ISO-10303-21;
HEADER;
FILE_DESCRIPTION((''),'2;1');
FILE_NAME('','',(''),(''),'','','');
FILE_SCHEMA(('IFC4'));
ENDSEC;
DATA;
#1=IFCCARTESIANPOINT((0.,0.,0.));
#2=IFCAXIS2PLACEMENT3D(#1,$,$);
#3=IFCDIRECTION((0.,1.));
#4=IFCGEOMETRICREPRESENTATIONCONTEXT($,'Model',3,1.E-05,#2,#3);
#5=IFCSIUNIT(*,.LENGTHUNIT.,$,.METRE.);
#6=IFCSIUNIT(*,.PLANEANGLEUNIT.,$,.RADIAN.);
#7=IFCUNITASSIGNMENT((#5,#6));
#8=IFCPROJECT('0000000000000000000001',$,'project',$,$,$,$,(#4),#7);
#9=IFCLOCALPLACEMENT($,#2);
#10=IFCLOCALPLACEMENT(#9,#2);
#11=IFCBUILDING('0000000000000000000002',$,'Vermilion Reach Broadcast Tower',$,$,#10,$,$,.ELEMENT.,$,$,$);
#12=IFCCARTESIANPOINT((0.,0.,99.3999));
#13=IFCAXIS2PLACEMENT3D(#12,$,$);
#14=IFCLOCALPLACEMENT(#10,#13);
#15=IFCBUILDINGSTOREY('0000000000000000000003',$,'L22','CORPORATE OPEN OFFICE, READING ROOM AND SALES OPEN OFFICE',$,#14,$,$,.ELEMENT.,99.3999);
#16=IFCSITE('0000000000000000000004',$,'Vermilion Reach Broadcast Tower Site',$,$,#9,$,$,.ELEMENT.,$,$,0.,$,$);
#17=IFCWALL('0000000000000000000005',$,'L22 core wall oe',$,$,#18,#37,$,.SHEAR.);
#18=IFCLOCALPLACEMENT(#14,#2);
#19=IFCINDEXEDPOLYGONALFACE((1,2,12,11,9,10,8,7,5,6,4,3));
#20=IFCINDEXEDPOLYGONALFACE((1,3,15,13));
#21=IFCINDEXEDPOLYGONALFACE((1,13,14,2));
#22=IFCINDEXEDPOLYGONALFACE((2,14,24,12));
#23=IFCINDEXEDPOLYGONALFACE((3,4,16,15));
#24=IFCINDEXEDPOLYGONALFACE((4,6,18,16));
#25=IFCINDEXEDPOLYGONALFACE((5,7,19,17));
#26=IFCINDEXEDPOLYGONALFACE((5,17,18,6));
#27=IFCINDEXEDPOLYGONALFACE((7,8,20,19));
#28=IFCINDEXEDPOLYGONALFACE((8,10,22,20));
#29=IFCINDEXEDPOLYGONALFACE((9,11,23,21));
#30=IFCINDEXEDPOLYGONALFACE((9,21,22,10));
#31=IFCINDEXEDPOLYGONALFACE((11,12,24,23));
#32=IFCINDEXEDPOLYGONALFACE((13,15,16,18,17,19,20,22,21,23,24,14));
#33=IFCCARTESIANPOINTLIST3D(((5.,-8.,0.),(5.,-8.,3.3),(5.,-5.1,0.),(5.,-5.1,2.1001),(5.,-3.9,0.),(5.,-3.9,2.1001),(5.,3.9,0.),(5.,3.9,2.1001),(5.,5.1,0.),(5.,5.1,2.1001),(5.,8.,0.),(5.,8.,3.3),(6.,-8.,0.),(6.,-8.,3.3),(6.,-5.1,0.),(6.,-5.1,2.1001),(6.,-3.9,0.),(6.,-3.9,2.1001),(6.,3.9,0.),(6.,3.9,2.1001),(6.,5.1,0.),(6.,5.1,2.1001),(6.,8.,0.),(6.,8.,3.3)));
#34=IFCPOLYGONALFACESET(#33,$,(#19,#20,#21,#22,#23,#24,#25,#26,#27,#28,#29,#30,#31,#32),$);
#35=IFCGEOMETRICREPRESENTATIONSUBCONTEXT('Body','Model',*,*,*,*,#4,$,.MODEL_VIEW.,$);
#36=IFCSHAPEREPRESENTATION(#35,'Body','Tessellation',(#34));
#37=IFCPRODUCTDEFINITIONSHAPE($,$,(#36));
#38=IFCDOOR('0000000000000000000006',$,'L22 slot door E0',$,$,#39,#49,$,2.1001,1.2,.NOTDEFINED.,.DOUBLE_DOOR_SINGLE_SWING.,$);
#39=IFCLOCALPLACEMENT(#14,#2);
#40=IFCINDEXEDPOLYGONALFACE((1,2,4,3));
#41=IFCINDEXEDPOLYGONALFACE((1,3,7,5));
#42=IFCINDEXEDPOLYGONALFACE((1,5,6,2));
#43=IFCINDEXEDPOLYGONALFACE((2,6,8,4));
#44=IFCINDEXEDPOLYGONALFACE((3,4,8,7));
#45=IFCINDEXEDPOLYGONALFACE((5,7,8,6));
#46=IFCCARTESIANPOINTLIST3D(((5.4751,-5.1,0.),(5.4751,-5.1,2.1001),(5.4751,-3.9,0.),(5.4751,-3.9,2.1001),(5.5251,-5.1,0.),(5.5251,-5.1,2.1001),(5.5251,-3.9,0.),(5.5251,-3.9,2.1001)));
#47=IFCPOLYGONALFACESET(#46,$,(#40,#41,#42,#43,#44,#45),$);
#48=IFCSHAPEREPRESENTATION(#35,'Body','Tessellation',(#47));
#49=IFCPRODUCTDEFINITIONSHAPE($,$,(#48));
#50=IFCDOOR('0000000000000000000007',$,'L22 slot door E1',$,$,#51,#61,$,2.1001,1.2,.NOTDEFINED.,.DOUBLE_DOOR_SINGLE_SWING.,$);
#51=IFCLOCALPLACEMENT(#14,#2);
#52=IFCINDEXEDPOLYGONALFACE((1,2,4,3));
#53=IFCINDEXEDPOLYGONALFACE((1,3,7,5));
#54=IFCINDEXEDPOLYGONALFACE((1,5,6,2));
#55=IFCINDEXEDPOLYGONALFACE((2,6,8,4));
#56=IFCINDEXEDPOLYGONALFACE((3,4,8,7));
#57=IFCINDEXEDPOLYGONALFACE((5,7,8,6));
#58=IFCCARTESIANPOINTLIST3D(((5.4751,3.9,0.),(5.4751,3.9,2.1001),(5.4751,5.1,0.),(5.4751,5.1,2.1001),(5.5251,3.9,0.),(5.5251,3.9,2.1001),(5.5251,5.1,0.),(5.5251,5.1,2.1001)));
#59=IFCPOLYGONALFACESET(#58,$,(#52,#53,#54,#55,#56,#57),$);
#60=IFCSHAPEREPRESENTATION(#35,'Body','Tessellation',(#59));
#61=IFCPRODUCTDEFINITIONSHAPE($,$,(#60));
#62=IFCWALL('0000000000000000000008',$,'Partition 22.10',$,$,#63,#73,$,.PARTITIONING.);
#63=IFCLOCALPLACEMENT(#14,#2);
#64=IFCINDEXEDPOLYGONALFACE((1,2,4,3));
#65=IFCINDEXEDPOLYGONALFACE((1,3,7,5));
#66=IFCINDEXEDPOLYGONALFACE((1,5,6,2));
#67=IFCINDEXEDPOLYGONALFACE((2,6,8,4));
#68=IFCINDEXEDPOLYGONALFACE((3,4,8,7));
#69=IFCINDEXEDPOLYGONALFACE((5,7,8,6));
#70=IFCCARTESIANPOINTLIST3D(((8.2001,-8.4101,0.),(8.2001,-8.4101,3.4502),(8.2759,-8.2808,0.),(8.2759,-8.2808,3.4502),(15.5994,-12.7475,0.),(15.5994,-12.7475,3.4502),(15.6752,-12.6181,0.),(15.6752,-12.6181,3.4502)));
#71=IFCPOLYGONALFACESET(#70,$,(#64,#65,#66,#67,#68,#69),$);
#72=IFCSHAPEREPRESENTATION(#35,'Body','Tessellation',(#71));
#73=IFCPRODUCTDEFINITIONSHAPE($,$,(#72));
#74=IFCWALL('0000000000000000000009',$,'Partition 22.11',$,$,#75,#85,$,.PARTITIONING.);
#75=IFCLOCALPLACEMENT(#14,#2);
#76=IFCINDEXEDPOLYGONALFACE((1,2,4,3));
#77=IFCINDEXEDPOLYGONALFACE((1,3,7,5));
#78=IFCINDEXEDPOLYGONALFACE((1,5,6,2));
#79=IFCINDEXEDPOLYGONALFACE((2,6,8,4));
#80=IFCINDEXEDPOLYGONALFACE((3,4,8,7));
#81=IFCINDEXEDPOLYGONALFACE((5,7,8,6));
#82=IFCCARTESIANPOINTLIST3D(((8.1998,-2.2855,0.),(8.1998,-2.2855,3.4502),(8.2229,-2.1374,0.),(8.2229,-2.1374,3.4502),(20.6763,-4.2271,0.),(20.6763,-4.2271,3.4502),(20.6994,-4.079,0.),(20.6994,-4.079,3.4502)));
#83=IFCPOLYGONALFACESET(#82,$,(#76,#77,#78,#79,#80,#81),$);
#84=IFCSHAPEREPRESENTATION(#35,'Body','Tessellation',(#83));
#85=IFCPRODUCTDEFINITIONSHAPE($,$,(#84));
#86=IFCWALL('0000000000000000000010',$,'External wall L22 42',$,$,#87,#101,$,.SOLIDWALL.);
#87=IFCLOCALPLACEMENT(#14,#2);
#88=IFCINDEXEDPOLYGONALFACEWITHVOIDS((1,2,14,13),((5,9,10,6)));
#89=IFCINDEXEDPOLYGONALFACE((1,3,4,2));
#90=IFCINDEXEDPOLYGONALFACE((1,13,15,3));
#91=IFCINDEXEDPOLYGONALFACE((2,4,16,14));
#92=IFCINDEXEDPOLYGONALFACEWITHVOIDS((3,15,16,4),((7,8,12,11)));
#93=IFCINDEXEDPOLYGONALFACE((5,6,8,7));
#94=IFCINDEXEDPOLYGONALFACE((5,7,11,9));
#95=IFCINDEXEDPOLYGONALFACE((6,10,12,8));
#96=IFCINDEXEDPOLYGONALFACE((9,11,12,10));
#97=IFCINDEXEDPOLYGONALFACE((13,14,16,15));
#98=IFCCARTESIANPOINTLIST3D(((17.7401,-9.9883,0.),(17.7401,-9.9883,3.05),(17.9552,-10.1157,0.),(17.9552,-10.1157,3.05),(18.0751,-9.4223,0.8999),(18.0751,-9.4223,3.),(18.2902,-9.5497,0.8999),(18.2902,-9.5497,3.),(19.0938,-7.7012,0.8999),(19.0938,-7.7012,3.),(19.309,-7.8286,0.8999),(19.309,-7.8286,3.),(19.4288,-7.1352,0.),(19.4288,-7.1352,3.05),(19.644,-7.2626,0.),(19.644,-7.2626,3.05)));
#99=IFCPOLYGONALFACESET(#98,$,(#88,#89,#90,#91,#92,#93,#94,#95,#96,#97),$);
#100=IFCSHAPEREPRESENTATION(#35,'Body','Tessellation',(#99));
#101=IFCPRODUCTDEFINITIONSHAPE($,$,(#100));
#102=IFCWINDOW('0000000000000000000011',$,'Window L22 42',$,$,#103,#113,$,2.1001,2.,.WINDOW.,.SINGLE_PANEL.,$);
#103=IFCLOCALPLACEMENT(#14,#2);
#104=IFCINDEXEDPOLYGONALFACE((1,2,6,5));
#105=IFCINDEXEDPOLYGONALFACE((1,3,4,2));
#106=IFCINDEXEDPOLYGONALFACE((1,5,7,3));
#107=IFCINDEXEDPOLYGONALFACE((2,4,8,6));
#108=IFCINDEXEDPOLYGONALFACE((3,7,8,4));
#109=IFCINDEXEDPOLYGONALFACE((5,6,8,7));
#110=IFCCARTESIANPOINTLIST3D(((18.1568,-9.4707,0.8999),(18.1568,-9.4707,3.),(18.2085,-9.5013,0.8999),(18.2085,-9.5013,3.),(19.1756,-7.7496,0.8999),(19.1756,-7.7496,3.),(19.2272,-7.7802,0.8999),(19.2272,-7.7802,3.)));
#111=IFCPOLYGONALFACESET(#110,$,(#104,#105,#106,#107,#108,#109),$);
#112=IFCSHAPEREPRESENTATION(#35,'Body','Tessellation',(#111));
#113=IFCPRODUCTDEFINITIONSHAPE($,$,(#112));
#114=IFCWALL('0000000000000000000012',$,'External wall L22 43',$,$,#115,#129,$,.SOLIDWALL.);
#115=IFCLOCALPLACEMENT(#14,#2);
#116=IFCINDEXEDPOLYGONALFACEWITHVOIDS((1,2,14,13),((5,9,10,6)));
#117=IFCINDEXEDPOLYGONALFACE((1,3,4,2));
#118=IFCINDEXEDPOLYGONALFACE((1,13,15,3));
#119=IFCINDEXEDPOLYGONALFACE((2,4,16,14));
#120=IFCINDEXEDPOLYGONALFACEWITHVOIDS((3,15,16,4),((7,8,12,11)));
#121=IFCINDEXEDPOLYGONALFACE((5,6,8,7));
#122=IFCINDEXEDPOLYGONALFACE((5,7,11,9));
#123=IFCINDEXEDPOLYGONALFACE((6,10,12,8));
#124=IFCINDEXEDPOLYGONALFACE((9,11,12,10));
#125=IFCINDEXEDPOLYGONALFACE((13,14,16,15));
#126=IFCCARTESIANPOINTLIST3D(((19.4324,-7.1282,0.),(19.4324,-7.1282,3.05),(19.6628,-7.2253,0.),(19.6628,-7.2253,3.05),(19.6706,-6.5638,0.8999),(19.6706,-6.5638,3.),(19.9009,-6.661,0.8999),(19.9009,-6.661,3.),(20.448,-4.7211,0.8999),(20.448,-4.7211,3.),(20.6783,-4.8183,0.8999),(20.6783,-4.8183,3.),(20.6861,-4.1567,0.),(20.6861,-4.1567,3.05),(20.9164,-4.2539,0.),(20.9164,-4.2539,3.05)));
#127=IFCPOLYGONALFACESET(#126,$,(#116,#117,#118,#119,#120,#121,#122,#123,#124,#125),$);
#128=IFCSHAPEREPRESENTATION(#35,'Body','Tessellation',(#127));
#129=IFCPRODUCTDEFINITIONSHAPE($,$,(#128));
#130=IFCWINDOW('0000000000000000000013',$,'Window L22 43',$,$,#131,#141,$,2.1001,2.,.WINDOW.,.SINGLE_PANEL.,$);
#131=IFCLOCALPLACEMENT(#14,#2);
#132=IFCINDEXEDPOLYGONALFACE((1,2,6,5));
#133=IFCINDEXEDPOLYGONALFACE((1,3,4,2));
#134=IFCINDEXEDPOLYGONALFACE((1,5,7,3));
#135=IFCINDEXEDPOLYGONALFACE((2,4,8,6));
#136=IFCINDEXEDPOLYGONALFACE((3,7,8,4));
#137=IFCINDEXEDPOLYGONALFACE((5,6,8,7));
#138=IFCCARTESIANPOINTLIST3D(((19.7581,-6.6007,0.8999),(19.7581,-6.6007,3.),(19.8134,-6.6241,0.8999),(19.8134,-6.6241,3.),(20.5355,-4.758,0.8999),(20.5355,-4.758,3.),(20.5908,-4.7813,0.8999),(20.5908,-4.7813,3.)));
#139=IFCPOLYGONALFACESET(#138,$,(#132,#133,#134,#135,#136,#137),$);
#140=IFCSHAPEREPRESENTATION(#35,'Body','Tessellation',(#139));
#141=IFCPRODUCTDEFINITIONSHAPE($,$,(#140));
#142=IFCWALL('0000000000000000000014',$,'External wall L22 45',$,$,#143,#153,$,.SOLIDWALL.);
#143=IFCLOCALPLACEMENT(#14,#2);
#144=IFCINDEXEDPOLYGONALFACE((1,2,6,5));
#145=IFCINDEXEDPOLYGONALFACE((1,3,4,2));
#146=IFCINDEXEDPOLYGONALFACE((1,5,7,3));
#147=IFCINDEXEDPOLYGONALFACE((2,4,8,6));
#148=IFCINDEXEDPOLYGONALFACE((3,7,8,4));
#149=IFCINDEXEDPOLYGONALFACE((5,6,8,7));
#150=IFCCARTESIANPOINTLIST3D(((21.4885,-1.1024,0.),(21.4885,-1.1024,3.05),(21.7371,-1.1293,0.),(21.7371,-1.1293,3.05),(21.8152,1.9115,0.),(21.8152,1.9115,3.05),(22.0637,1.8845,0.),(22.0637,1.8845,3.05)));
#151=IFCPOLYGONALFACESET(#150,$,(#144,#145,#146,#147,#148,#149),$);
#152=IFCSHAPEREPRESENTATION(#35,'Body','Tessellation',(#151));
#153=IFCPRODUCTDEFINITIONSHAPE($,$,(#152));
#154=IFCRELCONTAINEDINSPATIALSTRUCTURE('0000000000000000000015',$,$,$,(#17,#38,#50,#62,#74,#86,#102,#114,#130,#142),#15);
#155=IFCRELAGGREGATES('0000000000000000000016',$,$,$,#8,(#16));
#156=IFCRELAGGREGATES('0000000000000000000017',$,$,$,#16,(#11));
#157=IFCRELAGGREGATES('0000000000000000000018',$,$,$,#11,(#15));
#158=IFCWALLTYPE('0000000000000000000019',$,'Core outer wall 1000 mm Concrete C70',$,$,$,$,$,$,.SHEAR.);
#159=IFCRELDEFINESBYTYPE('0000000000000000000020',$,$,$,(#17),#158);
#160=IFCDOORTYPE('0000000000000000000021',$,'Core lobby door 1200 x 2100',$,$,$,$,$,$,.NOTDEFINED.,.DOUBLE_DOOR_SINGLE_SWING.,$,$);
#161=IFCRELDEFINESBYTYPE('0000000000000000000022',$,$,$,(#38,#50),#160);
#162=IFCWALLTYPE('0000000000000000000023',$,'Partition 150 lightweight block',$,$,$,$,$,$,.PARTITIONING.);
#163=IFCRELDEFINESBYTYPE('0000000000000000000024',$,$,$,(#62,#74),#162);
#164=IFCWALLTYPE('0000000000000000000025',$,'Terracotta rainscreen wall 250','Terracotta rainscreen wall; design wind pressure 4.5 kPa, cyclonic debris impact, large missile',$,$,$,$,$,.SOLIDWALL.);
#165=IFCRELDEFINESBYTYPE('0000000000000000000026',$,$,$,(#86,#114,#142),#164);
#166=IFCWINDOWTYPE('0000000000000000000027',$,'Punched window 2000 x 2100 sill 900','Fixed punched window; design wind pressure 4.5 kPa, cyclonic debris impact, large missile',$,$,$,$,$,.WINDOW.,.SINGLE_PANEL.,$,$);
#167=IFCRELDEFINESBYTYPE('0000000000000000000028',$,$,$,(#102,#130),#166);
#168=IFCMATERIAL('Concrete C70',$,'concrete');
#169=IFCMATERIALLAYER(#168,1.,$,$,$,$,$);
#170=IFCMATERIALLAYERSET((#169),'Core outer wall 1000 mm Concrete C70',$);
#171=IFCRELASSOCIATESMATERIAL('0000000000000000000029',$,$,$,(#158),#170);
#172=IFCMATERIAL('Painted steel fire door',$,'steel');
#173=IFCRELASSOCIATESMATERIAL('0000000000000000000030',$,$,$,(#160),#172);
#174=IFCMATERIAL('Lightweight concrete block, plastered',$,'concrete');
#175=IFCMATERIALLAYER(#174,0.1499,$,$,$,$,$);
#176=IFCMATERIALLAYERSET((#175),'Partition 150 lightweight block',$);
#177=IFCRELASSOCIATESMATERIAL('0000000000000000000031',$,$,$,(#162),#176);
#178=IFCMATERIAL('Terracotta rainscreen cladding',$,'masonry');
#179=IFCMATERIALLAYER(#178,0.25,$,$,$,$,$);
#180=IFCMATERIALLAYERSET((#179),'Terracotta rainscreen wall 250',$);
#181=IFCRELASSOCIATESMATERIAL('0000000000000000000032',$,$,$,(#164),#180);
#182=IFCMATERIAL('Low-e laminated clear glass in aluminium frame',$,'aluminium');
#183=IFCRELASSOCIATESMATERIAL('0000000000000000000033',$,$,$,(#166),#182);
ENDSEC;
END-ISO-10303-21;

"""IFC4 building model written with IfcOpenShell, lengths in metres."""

from ifc_helpers import new_model, si_unit, direction, frame, frame_2d, origin, place, context, subcontext, project, spatial, rectangle, extrude, material, layer, layer_set, type_object, element, fill, save


model = new_model("IFC4")

# Units and contexts
model_context = context("Model", 3, precision=1e-05, world=origin(), true_north=direction((0.0, 1.0)))
body_context = subcontext(model_context, "Body", "Model", "MODEL_VIEW")
ifc_project = project(units=[si_unit("LENGTHUNIT", "METRE"), si_unit("PLANEANGLEUNIT", "RADIAN")], contexts=[model_context])

# Site, building, storey
site_placement = place(None, origin())
site = spatial("IfcSite", under=ifc_project, at=site_placement, Name="Vermilion Reach Broadcast Tower Site", CompositionType="ELEMENT", RefElevation=0.0)
building_placement = place(site_placement, origin())
building = spatial("IfcBuilding", under=site, at=building_placement, Name="Vermilion Reach Broadcast Tower", CompositionType="ELEMENT")
storey_placement = place(building_placement, frame((0.0, 0.0, 99.3999)))
storey = spatial("IfcBuildingStorey", under=building, at=storey_placement, Name="L22", Description="CORPORATE OPEN OFFICE, READING ROOM AND SALES OPEN OFFICE", CompositionType="ELEMENT", Elevation=99.3999)

# Wall, openings, doors
ifc_material_1 = material(Name="Concrete C70", Category="concrete")
ifc_layer_1 = layer(ifc_material_1, 1.0)
ifc_layer_set_1 = layer_set([ifc_layer_1], Name="Core outer wall 1000 mm Concrete C70")
wall_type_1 = type_object("IfcWallType", Name="Core outer wall 1000 mm Concrete C70", PredefinedType="SHEAR", material=ifc_layer_set_1)
wall_1_placement = place(storey_placement, frame((5.5, -8.0, 0.0), z_axis=(0.0, 0.0, 1.0), x_axis=(0.0, 1.0, 0.0)))
wall_1 = element("IfcWall", 1, at=wall_1_placement, inside=storey, type_object=wall_type_1, Name="L22 core wall oe", PredefinedType="SHEAR", context=body_context, shape_type="SweptSolid", body=[
    extrude(rectangle(XDim=16.0, YDim=1.0, at=frame_2d((8.0, 0.0))), origin(), (0.0, 0.0, 1.0), 3.3),
])
opening_1_placement = place(wall_1_placement, frame((2.8999, 0.0, 0.0)))
opening_1 = element("IfcOpeningElement", 2, at=opening_1_placement, cuts=wall_1, PredefinedType="OPENING", context=body_context, shape_type="SweptSolid", body=[
    extrude(rectangle(XDim=1.2, YDim=2.1001, at=frame_2d((0.6001, 1.05))), frame((0.0, 0.51, 0.0), z_axis=(0.0, -1.0, 0.0), x_axis=(1.0, 0.0, 0.0)), (0.0, 0.0, 1.0), 1.02),
])
opening_2_placement = place(wall_1_placement, frame((11.8999, 0.0, 0.0)))
opening_2 = element("IfcOpeningElement", 3, at=opening_2_placement, cuts=wall_1, PredefinedType="OPENING", context=body_context, shape_type="SweptSolid", body=[
    extrude(rectangle(XDim=1.2, YDim=2.1001, at=frame_2d((0.6001, 1.05))), frame((0.0, 0.51, 0.0), z_axis=(0.0, -1.0, 0.0), x_axis=(1.0, 0.0, 0.0)), (0.0, 0.0, 1.0), 1.02),
])
ifc_material_2 = material(Name="Painted steel fire door", Category="steel")
door_type_1 = type_object("IfcDoorType", Name="Core lobby door 1200 x 2100", OperationType="DOUBLE_DOOR_SINGLE_SWING", PredefinedType="NOTDEFINED", material=ifc_material_2)
door_1_placement = place(opening_1_placement, origin())
door_1 = element("IfcDoor", 4, at=door_1_placement, inside=storey, type_object=door_type_1, Name="L22 slot door E0", OperationType="DOUBLE_DOOR_SINGLE_SWING", OverallHeight=2.1001, OverallWidth=1.2, PredefinedType="NOTDEFINED", context=body_context, shape_type="SweptSolid", body=[
    extrude(rectangle(XDim=1.2, YDim=2.1001, at=frame_2d((0.6001, 1.05))), frame((0.0, 0.0249, 0.0), z_axis=(0.0, -1.0, 0.0), x_axis=(1.0, 0.0, 0.0)), (0.0, 0.0, 1.0), 0.05),
])
fill(opening_1, door_1)
door_2_placement = place(opening_2_placement, origin())
door_2 = element("IfcDoor", 5, at=door_2_placement, inside=storey, type_object=door_type_1, Name="L22 slot door E1", OperationType="DOUBLE_DOOR_SINGLE_SWING", OverallHeight=2.1001, OverallWidth=1.2, PredefinedType="NOTDEFINED", context=body_context, shape_type="SweptSolid", body=[
    extrude(rectangle(XDim=1.2, YDim=2.1001, at=frame_2d((0.6001, 1.05))), frame((0.0, 0.0249, 0.0), z_axis=(0.0, -1.0, 0.0), x_axis=(1.0, 0.0, 0.0)), (0.0, 0.0, 1.0), 0.05),
])
fill(opening_2, door_2)

# Walls
ifc_material_3 = material(Name="Lightweight concrete block, plastered", Category="concrete")
ifc_layer_2 = layer(ifc_material_3, 0.1499)
ifc_layer_set_2 = layer_set([ifc_layer_2], Name="Partition 150 lightweight block")
wall_type_2 = type_object("IfcWallType", Name="Partition 150 lightweight block", PredefinedType="PARTITIONING", material=ifc_layer_set_2)
wall_2_placement = place(storey_placement, frame((15.6375, -12.6829, 0.0), z_axis=(0.0, 0.0, 1.0), x_axis=(-0.862707, 0.505703, 0.0)))
element("IfcWall", 6, at=wall_2_placement, inside=storey, type_object=wall_type_2, Name="Partition 22.10", PredefinedType="PARTITIONING", context=body_context, shape_type="SweptSolid", body=[
    extrude(rectangle(XDim=8.5769, YDim=0.1499, at=frame_2d((4.2886, 0.0))), origin(), (0.0, 0.0, 1.0), 3.4502),
])
wall_3_placement = place(storey_placement, frame((20.688, -4.1531, 0.0), z_axis=(0.0, 0.0, 1.0), x_axis=(-0.988106, 0.153773, 0.0)))
element("IfcWall", 7, at=wall_3_placement, inside=storey, type_object=wall_type_2, Name="Partition 22.11", PredefinedType="PARTITIONING", context=body_context, shape_type="SweptSolid", body=[
    extrude(rectangle(XDim=12.6267, YDim=0.1499, at=frame_2d((6.3135, 0.0))), origin(), (0.0, 0.0, 1.0), 3.4502),
])

# Walls, openings, windows
ifc_material_4 = material(Name="Terracotta rainscreen cladding", Category="masonry")
ifc_layer_3 = layer(ifc_material_4, 0.25)
ifc_layer_set_3 = layer_set([ifc_layer_3], Name="Terracotta rainscreen wall 250")
wall_type_3 = type_object("IfcWallType", Name="Terracotta rainscreen wall 250", Description="Terracotta rainscreen wall; design wind pressure 4.5 kPa, cyclonic debris impact, large missile", PredefinedType="SOLIDWALL", material=ifc_layer_set_3)
wall_4_placement = place(storey_placement, frame((17.8477, -10.052, 0.0), z_axis=(0.0, 0.0, 1.0), x_axis=(0.509364, 0.860551, 0.0)))
wall_4 = element("IfcWall", 8, at=wall_4_placement, inside=storey, type_object=wall_type_3, Name="External wall L22 42", PredefinedType="SOLIDWALL", context=body_context, shape_type="SweptSolid", body=[
    extrude(rectangle(XDim=3.3154, YDim=0.25, at=frame_2d((1.6577, 0.0))), origin(), (0.0, 0.0, 1.0), 3.05),
])
opening_3_placement = place(wall_4_placement, frame((0.6577, 0.0, 0.8999)))
opening_3 = element("IfcOpeningElement", 9, at=opening_3_placement, cuts=wall_4, PredefinedType="OPENING", context=body_context, shape_type="SweptSolid", body=[
    extrude(rectangle(XDim=2.0, YDim=2.1001, at=frame_2d((1.0, 1.05))), frame((0.0, 0.135, 0.0), z_axis=(0.0, -1.0, 0.0), x_axis=(1.0, 0.0, 0.0)), (0.0, 0.0, 1.0), 0.27),
])
ifc_material_5 = material(Name="Low-e laminated clear glass in aluminium frame", Category="aluminium")
window_type = type_object("IfcWindowType", Name="Punched window 2000 x 2100 sill 900", Description="Fixed punched window; design wind pressure 4.5 kPa, cyclonic debris impact, large missile", PartitioningType="SINGLE_PANEL", PredefinedType="WINDOW", material=ifc_material_5)
window_1_placement = place(opening_3_placement, origin())
window_1 = element("IfcWindow", 10, at=window_1_placement, inside=storey, type_object=window_type, Name="Window L22 42", OverallHeight=2.1001, OverallWidth=2.0, PartitioningType="SINGLE_PANEL", PredefinedType="WINDOW", context=body_context, shape_type="SweptSolid", body=[
    extrude(rectangle(XDim=2.0, YDim=2.1001, at=frame_2d((1.0, 1.05))), frame((0.0, 0.03, 0.0), z_axis=(0.0, -1.0, 0.0), x_axis=(1.0, 0.0, 0.0)), (0.0, 0.0, 1.0), 0.0601),
])
fill(opening_3, window_1)
wall_5_placement = place(storey_placement, frame((19.5476, -7.1768, 0.0), z_axis=(0.0, 0.0, 1.0), x_axis=(0.388724, 0.921354, 0.0)))
wall_5 = element("IfcWall", 11, at=wall_5_placement, inside=storey, type_object=wall_type_3, Name="External wall L22 43", PredefinedType="SOLIDWALL", context=body_context, shape_type="SweptSolid", body=[
    extrude(rectangle(XDim=3.2251, YDim=0.25, at=frame_2d((1.6125, 0.0))), origin(), (0.0, 0.0, 1.0), 3.05),
])
opening_4_placement = place(wall_5_placement, frame((0.6125, 0.0, 0.8999)))
opening_4 = element("IfcOpeningElement", 12, at=opening_4_placement, cuts=wall_5, PredefinedType="OPENING", context=body_context, shape_type="SweptSolid", body=[
    extrude(rectangle(XDim=2.0, YDim=2.1001, at=frame_2d((1.0, 1.05))), frame((0.0, 0.135, 0.0), z_axis=(0.0, -1.0, 0.0), x_axis=(1.0, 0.0, 0.0)), (0.0, 0.0, 1.0), 0.27),
])
window_2_placement = place(opening_4_placement, origin())
window_2 = element("IfcWindow", 13, at=window_2_placement, inside=storey, type_object=window_type, Name="Window L22 43", OverallHeight=2.1001, OverallWidth=2.0, PartitioningType="SINGLE_PANEL", PredefinedType="WINDOW", context=body_context, shape_type="SweptSolid", body=[
    extrude(rectangle(XDim=2.0, YDim=2.1001, at=frame_2d((1.0, 1.05))), frame((0.0, 0.03, 0.0), z_axis=(0.0, -1.0, 0.0), x_axis=(1.0, 0.0, 0.0)), (0.0, 0.0, 1.0), 0.0601),
])
fill(opening_4, window_2)

# Wall
wall_6_placement = place(storey_placement, frame((21.6128, -1.1157, 0.0), z_axis=(0.0, 0.0, 1.0), x_axis=(0.107753, 0.994178, 0.0)))
element("IfcWall", 14, at=wall_6_placement, inside=storey, type_object=wall_type_3, Name="External wall L22 45", PredefinedType="SOLIDWALL", context=body_context, shape_type="SweptSolid", body=[
    extrude(rectangle(XDim=3.0315, YDim=0.25, at=frame_2d((1.5156, 0.0))), origin(), (0.0, 0.0, 1.0), 3.05),
])

save(model, "model.ifc")
